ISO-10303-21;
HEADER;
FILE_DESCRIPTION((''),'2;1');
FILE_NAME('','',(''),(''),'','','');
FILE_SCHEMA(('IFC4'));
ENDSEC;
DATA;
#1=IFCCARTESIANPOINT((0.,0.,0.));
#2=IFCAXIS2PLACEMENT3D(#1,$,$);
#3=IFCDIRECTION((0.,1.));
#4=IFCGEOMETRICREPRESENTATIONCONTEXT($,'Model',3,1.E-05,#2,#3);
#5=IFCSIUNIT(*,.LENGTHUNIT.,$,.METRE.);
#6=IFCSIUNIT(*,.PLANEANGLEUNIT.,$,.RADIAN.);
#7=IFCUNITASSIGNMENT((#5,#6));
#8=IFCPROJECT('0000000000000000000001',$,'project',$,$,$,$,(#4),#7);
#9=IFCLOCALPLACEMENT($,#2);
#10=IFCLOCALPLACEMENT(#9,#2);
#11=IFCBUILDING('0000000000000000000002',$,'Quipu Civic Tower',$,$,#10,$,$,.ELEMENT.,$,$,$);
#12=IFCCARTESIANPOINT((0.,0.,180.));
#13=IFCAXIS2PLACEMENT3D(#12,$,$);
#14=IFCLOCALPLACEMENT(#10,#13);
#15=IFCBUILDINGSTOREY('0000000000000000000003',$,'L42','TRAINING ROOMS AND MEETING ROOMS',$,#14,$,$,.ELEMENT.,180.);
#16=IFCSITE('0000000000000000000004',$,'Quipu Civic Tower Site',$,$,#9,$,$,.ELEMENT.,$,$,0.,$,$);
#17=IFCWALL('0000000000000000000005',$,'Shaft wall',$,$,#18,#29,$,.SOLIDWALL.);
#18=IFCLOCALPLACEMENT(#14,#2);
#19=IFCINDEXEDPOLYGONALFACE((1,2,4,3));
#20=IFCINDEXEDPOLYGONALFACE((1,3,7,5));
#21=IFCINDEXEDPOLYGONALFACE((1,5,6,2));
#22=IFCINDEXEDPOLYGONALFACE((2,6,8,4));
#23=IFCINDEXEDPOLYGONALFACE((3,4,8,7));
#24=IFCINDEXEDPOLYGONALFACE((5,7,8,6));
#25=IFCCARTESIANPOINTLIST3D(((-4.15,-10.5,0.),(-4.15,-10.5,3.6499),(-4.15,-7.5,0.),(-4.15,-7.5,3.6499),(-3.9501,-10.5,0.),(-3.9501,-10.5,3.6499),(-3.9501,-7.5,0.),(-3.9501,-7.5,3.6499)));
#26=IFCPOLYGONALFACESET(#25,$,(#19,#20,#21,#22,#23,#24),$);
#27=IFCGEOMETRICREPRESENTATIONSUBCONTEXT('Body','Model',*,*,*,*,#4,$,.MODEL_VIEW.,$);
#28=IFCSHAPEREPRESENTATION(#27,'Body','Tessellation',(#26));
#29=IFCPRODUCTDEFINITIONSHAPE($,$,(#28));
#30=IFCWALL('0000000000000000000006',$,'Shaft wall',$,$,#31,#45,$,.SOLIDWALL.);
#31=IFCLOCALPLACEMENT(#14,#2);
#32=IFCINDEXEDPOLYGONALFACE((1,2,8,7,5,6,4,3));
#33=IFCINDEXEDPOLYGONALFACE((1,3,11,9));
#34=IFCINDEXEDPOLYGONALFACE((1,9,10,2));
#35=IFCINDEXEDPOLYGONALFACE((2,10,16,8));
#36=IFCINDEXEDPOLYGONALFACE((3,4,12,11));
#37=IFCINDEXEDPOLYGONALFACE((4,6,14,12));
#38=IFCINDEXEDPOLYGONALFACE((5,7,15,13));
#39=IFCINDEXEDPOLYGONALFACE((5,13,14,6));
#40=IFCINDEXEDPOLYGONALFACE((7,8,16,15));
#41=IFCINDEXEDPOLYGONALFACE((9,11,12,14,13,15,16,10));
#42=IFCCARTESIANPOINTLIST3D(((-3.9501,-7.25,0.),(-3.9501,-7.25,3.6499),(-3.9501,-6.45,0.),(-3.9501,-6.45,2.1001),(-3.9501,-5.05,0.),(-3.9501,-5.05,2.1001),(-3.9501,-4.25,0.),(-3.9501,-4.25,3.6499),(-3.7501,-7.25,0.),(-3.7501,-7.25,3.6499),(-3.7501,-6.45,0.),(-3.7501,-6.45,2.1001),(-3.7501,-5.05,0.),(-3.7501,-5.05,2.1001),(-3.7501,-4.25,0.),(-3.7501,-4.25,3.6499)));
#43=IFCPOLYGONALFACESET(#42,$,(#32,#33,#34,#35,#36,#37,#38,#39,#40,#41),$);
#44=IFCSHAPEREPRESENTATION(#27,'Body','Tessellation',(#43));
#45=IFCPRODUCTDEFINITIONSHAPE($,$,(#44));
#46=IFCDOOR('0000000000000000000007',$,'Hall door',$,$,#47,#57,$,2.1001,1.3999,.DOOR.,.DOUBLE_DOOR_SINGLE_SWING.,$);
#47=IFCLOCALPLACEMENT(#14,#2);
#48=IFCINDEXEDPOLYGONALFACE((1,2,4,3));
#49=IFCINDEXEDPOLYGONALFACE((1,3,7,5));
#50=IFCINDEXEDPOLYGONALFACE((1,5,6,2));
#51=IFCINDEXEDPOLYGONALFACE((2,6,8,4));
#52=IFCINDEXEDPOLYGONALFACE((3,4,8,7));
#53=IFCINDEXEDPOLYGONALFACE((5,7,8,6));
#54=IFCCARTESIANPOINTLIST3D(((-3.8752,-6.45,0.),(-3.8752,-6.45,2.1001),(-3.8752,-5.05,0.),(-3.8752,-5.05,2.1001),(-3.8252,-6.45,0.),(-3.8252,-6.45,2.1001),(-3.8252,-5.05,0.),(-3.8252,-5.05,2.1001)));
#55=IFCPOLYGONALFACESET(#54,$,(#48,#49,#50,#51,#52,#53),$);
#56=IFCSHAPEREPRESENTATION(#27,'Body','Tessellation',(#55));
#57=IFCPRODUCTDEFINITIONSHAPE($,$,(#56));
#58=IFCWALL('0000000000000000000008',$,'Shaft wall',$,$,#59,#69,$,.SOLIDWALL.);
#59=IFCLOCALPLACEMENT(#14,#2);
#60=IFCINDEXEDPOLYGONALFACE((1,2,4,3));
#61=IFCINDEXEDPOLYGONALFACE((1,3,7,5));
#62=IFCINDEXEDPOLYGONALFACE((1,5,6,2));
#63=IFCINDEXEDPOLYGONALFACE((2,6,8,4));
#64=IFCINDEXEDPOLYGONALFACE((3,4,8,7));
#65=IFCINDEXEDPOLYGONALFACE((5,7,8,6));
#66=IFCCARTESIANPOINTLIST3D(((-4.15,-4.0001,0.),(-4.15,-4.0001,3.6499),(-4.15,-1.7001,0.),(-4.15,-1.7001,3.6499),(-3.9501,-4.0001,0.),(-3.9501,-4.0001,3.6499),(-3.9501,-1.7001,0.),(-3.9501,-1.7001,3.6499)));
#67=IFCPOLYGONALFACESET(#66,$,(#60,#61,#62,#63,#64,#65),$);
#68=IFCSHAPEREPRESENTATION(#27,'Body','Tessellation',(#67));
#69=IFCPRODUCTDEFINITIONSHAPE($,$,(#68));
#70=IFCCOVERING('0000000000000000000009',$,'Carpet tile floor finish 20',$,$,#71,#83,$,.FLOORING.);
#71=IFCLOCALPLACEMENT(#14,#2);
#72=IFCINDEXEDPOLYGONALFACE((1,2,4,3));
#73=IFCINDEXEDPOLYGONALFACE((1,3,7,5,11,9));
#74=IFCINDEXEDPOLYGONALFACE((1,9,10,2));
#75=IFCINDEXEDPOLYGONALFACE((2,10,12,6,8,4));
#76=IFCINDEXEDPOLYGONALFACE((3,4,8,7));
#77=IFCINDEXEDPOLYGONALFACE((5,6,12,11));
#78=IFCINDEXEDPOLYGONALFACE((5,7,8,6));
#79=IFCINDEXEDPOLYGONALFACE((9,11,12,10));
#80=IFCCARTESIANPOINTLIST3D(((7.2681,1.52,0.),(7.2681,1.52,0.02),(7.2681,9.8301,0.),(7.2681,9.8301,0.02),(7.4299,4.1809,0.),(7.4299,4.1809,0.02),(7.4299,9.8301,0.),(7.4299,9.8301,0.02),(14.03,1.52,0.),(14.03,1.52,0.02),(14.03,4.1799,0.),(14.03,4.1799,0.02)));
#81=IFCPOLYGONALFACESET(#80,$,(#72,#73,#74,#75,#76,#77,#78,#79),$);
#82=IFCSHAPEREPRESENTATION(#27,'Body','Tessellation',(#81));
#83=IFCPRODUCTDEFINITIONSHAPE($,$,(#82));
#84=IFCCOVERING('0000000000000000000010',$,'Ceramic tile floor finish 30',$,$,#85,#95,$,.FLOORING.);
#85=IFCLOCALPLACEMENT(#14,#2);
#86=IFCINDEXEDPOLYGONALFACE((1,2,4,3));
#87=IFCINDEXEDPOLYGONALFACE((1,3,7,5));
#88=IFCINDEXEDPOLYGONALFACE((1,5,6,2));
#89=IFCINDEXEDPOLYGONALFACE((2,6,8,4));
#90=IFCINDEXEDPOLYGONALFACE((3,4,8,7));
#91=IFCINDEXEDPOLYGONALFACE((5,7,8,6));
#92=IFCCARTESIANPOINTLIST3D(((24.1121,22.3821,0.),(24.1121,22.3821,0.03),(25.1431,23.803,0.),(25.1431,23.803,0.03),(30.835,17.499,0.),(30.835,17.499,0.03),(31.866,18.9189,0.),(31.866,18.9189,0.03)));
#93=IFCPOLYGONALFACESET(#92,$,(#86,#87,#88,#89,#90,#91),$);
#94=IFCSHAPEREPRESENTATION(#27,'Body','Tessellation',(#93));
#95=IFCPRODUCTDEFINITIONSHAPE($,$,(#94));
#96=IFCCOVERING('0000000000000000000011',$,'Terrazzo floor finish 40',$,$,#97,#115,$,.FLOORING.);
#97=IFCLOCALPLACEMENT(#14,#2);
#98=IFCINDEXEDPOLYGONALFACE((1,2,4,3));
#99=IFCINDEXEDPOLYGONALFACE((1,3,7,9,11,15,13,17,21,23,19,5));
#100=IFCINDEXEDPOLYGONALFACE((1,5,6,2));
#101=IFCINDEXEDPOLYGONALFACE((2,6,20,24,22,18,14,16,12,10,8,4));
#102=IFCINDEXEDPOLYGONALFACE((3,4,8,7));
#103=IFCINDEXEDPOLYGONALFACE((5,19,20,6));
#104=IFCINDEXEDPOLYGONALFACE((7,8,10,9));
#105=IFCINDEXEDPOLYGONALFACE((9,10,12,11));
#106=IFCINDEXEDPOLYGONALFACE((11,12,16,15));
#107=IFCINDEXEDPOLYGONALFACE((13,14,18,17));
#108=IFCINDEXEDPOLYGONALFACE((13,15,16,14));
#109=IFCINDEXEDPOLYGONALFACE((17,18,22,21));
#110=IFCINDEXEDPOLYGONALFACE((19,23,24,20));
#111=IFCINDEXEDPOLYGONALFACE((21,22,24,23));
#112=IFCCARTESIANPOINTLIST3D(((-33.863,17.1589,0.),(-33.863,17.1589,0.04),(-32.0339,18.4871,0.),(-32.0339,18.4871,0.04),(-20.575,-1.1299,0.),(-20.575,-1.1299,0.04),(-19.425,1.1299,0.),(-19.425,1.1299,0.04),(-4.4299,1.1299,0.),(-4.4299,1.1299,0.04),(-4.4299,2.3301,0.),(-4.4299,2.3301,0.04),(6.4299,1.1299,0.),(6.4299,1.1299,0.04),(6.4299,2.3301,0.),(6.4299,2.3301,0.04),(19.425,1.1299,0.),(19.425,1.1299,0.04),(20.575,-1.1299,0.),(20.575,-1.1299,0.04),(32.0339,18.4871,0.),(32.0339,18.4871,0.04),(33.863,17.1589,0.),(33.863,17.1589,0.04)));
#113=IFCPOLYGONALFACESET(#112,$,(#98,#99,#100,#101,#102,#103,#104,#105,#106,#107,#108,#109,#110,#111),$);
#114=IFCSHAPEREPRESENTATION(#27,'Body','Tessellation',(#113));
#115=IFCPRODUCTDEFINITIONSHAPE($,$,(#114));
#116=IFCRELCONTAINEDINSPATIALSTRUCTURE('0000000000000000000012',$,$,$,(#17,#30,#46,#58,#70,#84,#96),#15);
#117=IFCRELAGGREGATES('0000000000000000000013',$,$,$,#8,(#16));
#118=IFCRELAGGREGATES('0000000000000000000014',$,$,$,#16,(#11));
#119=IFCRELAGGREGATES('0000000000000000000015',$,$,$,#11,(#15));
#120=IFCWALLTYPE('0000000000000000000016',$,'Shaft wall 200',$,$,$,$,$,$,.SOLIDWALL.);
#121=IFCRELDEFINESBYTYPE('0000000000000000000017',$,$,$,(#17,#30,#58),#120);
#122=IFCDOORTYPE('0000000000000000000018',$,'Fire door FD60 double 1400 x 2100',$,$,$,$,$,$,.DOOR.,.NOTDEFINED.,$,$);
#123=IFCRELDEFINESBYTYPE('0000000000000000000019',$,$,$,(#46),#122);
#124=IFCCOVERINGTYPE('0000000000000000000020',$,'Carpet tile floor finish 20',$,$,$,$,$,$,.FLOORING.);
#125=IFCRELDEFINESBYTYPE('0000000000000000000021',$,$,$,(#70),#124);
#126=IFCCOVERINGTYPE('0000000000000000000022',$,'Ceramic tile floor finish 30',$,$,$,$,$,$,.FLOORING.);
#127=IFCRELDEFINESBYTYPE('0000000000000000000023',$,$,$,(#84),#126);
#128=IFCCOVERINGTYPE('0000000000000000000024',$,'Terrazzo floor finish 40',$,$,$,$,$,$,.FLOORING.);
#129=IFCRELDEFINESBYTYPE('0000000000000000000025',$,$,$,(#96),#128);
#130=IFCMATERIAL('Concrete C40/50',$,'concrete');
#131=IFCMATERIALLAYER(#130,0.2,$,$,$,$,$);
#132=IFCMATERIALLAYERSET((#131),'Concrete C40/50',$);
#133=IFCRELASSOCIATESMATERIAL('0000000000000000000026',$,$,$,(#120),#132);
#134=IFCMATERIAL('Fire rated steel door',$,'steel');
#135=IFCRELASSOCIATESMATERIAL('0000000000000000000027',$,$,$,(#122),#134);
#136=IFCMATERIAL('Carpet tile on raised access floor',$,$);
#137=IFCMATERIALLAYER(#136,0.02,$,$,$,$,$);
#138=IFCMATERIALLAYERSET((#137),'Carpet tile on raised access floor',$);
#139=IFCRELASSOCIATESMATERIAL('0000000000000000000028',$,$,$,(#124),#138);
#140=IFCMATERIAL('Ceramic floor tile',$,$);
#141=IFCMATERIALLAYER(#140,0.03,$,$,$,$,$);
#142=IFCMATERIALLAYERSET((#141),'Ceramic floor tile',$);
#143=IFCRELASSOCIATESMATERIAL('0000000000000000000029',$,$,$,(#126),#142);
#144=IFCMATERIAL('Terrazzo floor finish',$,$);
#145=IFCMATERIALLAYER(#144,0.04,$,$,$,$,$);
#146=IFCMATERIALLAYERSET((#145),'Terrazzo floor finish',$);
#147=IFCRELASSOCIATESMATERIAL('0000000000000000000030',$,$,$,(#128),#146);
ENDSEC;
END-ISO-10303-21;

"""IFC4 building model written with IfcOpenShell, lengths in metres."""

from ifc_helpers import new_model, si_unit, direction, frame, frame_2d, origin, place, context, subcontext, project, spatial, polyline, rectangle, outline, extrude, material, layer, layer_set, type_object, element, fill, save


model = new_model("IFC4")

# Units and contexts
model_context = context("Model", 3, precision=1e-05, world=origin(), true_north=direction((0.0, 1.0)))
body_context = subcontext(model_context, "Body", "Model", "MODEL_VIEW")
ifc_project = project(units=[si_unit("LENGTHUNIT", "METRE"), si_unit("PLANEANGLEUNIT", "RADIAN")], contexts=[model_context])

# Site, building, storey
site_placement = place(None, origin())
site = spatial("IfcSite", under=ifc_project, at=site_placement, Name="Quipu Civic Tower Site", CompositionType="ELEMENT", RefElevation=0.0)
building_placement = place(site_placement, origin())
building = spatial("IfcBuilding", under=site, at=building_placement, Name="Quipu Civic Tower", CompositionType="ELEMENT")
storey_placement = place(building_placement, frame((0.0, 0.0, 180.0)))
storey = spatial("IfcBuildingStorey", under=building, at=storey_placement, Name="L42", Description="TRAINING ROOMS AND MEETING ROOMS", CompositionType="ELEMENT", Elevation=180.0)

# Wall
ifc_material_1 = material(Name="Concrete C40/50", Category="concrete")
ifc_layer_1 = layer(ifc_material_1, 0.2)
ifc_layer_set_1 = layer_set([ifc_layer_1], Name="Concrete C40/50")
wall_type_1 = type_object("IfcWallType", Name="Shaft wall 200", PredefinedType="SOLIDWALL", material=ifc_layer_set_1)
wall_1_placement = place(storey_placement, frame((-4.05, -10.5, 0.0), z_axis=(0.0, 0.0, 1.0), x_axis=(0.0, 1.0, 0.0)))
element("IfcWall", 1, at=wall_1_placement, inside=storey, type_object=wall_type_1, Name="Shaft wall", PredefinedType="SOLIDWALL", context=body_context, shape_type="SweptSolid", body=[
    extrude(rectangle(XDim=3.0, YDim=0.2, at=frame_2d((1.5, 0.0))), origin(), (0.0, 0.0, 1.0), 3.6499),
])

# Wall, opening, door
wall_2_placement = place(storey_placement, frame((-3.8501, -4.25, 0.0), z_axis=(0.0, 0.0, 1.0), x_axis=(0.0, -1.0, 0.0)))
wall_2 = element("IfcWall", 2, at=wall_2_placement, inside=storey, type_object=wall_type_1, Name="Shaft wall", PredefinedType="SOLIDWALL", context=body_context, shape_type="SweptSolid", body=[
    extrude(rectangle(XDim=3.0, YDim=0.2, at=frame_2d((1.5, 0.0))), origin(), (0.0, 0.0, 1.0), 3.6499),
])
opening_1_placement = place(wall_2_placement, frame((0.8, 0.0, 0.0)))
opening_1 = element("IfcOpeningElement", 3, at=opening_1_placement, cuts=wall_2, PredefinedType="OPENING", context=body_context, shape_type="SweptSolid", body=[
    extrude(rectangle(XDim=1.3999, YDim=2.1001, at=frame_2d((0.7, 1.05))), frame((0.0, 0.1099, 0.0), z_axis=(0.0, -1.0, 0.0), x_axis=(1.0, 0.0, 0.0)), (0.0, 0.0, 1.0), 0.22),
])
ifc_material_2 = material(Name="Fire rated steel door", Category="steel")
door_type_1 = type_object("IfcDoorType", Name="Fire door FD60 double 1400 x 2100", OperationType="NOTDEFINED", PredefinedType="DOOR", material=ifc_material_2)
door_1_placement = place(opening_1_placement, origin())
door_1 = element("IfcDoor", 4, at=door_1_placement, inside=storey, type_object=door_type_1, Name="Hall door", OperationType="DOUBLE_DOOR_SINGLE_SWING", OverallHeight=2.1001, OverallWidth=1.3999, PredefinedType="DOOR", context=body_context, shape_type="SweptSolid", body=[
    extrude(rectangle(XDim=1.3999, YDim=2.1001, at=frame_2d((0.7, 1.05))), frame((0.0, 0.0249, 0.0), z_axis=(0.0, -1.0, 0.0), x_axis=(1.0, 0.0, 0.0)), (0.0, 0.0, 1.0), 0.05),
])
fill(opening_1, door_1)

# Wall
wall_3_placement = place(storey_placement, frame((-4.05, -4.0, 0.0), z_axis=(0.0, 0.0, 1.0), x_axis=(0.0, 1.0, 0.0)))
element("IfcWall", 5, at=wall_3_placement, inside=storey, type_object=wall_type_1, Name="Shaft wall", PredefinedType="SOLIDWALL", context=body_context, shape_type="SweptSolid", body=[
    extrude(rectangle(XDim=2.3, YDim=0.2, at=frame_2d((1.1499, 0.0))), origin(), (0.0, 0.0, 1.0), 3.6499),
])

# Coverings
ifc_material_3 = material(Name="Carpet tile on raised access floor")
ifc_layer_2 = layer(ifc_material_3, 0.02)
ifc_layer_set_2 = layer_set([ifc_layer_2], Name="Carpet tile on raised access floor")
covering_type_1 = type_object("IfcCoveringType", Name="Carpet tile floor finish 20", PredefinedType="FLOORING", material=ifc_layer_set_2)
covering_1_placement = place(storey_placement, origin())
element("IfcCovering", 6, at=covering_1_placement, inside=storey, type_object=covering_type_1, Name="Carpet tile floor finish 20", PredefinedType="FLOORING", context=body_context, shape_type="SweptSolid", body=[
    extrude(outline(polyline([(7.2681, 1.52), (7.2681, 9.8301), (7.4299, 9.8301), (7.4299, 4.1809), (14.03, 4.1799), (14.03, 1.52), (7.2681, 1.52)])), origin(), (0.0, 0.0, 1.0), 0.02),
])
ifc_material_4 = material(Name="Ceramic floor tile")
ifc_layer_3 = layer(ifc_material_4, 0.03)
ifc_layer_set_3 = layer_set([ifc_layer_3], Name="Ceramic floor tile")
covering_type_2 = type_object("IfcCoveringType", Name="Ceramic tile floor finish 30", PredefinedType="FLOORING", material=ifc_layer_set_3)
covering_2_placement = place(storey_placement, origin())
element("IfcCovering", 7, at=covering_2_placement, inside=storey, type_object=covering_type_2, Name="Ceramic tile floor finish 30", PredefinedType="FLOORING", context=body_context, shape_type="SweptSolid", body=[
    extrude(outline(polyline([(24.1121, 22.3821), (25.1431, 23.803), (31.866, 18.9189), (30.835, 17.499), (24.1121, 22.3821)])), origin(), (0.0, 0.0, 1.0), 0.03),
])
ifc_material_5 = material(Name="Terrazzo floor finish")
ifc_layer_4 = layer(ifc_material_5, 0.04)
ifc_layer_set_4 = layer_set([ifc_layer_4], Name="Terrazzo floor finish")
covering_type_3 = type_object("IfcCoveringType", Name="Terrazzo floor finish 40", PredefinedType="FLOORING", material=ifc_layer_set_4)
covering_3_placement = place(storey_placement, origin())
element("IfcCovering", 8, at=covering_3_placement, inside=storey, type_object=covering_type_3, Name="Terrazzo floor finish 40", PredefinedType="FLOORING", context=body_context, shape_type="SweptSolid", body=[
    extrude(outline(polyline([(19.425, 1.1299), (32.0339, 18.4871), (33.863, 17.1589), (20.575, -1.1299), (-20.575, -1.1299), (-33.863, 17.1589), (-32.0339, 18.4871), (-19.425, 1.1299), (-4.4299, 1.1299), (-4.4299, 2.3301), (6.4299, 2.3301), (6.4299, 1.1299), (19.425, 1.1299)])), origin(), (0.0, 0.0, 1.0), 0.04),
])

save(model, "model.ifc")
